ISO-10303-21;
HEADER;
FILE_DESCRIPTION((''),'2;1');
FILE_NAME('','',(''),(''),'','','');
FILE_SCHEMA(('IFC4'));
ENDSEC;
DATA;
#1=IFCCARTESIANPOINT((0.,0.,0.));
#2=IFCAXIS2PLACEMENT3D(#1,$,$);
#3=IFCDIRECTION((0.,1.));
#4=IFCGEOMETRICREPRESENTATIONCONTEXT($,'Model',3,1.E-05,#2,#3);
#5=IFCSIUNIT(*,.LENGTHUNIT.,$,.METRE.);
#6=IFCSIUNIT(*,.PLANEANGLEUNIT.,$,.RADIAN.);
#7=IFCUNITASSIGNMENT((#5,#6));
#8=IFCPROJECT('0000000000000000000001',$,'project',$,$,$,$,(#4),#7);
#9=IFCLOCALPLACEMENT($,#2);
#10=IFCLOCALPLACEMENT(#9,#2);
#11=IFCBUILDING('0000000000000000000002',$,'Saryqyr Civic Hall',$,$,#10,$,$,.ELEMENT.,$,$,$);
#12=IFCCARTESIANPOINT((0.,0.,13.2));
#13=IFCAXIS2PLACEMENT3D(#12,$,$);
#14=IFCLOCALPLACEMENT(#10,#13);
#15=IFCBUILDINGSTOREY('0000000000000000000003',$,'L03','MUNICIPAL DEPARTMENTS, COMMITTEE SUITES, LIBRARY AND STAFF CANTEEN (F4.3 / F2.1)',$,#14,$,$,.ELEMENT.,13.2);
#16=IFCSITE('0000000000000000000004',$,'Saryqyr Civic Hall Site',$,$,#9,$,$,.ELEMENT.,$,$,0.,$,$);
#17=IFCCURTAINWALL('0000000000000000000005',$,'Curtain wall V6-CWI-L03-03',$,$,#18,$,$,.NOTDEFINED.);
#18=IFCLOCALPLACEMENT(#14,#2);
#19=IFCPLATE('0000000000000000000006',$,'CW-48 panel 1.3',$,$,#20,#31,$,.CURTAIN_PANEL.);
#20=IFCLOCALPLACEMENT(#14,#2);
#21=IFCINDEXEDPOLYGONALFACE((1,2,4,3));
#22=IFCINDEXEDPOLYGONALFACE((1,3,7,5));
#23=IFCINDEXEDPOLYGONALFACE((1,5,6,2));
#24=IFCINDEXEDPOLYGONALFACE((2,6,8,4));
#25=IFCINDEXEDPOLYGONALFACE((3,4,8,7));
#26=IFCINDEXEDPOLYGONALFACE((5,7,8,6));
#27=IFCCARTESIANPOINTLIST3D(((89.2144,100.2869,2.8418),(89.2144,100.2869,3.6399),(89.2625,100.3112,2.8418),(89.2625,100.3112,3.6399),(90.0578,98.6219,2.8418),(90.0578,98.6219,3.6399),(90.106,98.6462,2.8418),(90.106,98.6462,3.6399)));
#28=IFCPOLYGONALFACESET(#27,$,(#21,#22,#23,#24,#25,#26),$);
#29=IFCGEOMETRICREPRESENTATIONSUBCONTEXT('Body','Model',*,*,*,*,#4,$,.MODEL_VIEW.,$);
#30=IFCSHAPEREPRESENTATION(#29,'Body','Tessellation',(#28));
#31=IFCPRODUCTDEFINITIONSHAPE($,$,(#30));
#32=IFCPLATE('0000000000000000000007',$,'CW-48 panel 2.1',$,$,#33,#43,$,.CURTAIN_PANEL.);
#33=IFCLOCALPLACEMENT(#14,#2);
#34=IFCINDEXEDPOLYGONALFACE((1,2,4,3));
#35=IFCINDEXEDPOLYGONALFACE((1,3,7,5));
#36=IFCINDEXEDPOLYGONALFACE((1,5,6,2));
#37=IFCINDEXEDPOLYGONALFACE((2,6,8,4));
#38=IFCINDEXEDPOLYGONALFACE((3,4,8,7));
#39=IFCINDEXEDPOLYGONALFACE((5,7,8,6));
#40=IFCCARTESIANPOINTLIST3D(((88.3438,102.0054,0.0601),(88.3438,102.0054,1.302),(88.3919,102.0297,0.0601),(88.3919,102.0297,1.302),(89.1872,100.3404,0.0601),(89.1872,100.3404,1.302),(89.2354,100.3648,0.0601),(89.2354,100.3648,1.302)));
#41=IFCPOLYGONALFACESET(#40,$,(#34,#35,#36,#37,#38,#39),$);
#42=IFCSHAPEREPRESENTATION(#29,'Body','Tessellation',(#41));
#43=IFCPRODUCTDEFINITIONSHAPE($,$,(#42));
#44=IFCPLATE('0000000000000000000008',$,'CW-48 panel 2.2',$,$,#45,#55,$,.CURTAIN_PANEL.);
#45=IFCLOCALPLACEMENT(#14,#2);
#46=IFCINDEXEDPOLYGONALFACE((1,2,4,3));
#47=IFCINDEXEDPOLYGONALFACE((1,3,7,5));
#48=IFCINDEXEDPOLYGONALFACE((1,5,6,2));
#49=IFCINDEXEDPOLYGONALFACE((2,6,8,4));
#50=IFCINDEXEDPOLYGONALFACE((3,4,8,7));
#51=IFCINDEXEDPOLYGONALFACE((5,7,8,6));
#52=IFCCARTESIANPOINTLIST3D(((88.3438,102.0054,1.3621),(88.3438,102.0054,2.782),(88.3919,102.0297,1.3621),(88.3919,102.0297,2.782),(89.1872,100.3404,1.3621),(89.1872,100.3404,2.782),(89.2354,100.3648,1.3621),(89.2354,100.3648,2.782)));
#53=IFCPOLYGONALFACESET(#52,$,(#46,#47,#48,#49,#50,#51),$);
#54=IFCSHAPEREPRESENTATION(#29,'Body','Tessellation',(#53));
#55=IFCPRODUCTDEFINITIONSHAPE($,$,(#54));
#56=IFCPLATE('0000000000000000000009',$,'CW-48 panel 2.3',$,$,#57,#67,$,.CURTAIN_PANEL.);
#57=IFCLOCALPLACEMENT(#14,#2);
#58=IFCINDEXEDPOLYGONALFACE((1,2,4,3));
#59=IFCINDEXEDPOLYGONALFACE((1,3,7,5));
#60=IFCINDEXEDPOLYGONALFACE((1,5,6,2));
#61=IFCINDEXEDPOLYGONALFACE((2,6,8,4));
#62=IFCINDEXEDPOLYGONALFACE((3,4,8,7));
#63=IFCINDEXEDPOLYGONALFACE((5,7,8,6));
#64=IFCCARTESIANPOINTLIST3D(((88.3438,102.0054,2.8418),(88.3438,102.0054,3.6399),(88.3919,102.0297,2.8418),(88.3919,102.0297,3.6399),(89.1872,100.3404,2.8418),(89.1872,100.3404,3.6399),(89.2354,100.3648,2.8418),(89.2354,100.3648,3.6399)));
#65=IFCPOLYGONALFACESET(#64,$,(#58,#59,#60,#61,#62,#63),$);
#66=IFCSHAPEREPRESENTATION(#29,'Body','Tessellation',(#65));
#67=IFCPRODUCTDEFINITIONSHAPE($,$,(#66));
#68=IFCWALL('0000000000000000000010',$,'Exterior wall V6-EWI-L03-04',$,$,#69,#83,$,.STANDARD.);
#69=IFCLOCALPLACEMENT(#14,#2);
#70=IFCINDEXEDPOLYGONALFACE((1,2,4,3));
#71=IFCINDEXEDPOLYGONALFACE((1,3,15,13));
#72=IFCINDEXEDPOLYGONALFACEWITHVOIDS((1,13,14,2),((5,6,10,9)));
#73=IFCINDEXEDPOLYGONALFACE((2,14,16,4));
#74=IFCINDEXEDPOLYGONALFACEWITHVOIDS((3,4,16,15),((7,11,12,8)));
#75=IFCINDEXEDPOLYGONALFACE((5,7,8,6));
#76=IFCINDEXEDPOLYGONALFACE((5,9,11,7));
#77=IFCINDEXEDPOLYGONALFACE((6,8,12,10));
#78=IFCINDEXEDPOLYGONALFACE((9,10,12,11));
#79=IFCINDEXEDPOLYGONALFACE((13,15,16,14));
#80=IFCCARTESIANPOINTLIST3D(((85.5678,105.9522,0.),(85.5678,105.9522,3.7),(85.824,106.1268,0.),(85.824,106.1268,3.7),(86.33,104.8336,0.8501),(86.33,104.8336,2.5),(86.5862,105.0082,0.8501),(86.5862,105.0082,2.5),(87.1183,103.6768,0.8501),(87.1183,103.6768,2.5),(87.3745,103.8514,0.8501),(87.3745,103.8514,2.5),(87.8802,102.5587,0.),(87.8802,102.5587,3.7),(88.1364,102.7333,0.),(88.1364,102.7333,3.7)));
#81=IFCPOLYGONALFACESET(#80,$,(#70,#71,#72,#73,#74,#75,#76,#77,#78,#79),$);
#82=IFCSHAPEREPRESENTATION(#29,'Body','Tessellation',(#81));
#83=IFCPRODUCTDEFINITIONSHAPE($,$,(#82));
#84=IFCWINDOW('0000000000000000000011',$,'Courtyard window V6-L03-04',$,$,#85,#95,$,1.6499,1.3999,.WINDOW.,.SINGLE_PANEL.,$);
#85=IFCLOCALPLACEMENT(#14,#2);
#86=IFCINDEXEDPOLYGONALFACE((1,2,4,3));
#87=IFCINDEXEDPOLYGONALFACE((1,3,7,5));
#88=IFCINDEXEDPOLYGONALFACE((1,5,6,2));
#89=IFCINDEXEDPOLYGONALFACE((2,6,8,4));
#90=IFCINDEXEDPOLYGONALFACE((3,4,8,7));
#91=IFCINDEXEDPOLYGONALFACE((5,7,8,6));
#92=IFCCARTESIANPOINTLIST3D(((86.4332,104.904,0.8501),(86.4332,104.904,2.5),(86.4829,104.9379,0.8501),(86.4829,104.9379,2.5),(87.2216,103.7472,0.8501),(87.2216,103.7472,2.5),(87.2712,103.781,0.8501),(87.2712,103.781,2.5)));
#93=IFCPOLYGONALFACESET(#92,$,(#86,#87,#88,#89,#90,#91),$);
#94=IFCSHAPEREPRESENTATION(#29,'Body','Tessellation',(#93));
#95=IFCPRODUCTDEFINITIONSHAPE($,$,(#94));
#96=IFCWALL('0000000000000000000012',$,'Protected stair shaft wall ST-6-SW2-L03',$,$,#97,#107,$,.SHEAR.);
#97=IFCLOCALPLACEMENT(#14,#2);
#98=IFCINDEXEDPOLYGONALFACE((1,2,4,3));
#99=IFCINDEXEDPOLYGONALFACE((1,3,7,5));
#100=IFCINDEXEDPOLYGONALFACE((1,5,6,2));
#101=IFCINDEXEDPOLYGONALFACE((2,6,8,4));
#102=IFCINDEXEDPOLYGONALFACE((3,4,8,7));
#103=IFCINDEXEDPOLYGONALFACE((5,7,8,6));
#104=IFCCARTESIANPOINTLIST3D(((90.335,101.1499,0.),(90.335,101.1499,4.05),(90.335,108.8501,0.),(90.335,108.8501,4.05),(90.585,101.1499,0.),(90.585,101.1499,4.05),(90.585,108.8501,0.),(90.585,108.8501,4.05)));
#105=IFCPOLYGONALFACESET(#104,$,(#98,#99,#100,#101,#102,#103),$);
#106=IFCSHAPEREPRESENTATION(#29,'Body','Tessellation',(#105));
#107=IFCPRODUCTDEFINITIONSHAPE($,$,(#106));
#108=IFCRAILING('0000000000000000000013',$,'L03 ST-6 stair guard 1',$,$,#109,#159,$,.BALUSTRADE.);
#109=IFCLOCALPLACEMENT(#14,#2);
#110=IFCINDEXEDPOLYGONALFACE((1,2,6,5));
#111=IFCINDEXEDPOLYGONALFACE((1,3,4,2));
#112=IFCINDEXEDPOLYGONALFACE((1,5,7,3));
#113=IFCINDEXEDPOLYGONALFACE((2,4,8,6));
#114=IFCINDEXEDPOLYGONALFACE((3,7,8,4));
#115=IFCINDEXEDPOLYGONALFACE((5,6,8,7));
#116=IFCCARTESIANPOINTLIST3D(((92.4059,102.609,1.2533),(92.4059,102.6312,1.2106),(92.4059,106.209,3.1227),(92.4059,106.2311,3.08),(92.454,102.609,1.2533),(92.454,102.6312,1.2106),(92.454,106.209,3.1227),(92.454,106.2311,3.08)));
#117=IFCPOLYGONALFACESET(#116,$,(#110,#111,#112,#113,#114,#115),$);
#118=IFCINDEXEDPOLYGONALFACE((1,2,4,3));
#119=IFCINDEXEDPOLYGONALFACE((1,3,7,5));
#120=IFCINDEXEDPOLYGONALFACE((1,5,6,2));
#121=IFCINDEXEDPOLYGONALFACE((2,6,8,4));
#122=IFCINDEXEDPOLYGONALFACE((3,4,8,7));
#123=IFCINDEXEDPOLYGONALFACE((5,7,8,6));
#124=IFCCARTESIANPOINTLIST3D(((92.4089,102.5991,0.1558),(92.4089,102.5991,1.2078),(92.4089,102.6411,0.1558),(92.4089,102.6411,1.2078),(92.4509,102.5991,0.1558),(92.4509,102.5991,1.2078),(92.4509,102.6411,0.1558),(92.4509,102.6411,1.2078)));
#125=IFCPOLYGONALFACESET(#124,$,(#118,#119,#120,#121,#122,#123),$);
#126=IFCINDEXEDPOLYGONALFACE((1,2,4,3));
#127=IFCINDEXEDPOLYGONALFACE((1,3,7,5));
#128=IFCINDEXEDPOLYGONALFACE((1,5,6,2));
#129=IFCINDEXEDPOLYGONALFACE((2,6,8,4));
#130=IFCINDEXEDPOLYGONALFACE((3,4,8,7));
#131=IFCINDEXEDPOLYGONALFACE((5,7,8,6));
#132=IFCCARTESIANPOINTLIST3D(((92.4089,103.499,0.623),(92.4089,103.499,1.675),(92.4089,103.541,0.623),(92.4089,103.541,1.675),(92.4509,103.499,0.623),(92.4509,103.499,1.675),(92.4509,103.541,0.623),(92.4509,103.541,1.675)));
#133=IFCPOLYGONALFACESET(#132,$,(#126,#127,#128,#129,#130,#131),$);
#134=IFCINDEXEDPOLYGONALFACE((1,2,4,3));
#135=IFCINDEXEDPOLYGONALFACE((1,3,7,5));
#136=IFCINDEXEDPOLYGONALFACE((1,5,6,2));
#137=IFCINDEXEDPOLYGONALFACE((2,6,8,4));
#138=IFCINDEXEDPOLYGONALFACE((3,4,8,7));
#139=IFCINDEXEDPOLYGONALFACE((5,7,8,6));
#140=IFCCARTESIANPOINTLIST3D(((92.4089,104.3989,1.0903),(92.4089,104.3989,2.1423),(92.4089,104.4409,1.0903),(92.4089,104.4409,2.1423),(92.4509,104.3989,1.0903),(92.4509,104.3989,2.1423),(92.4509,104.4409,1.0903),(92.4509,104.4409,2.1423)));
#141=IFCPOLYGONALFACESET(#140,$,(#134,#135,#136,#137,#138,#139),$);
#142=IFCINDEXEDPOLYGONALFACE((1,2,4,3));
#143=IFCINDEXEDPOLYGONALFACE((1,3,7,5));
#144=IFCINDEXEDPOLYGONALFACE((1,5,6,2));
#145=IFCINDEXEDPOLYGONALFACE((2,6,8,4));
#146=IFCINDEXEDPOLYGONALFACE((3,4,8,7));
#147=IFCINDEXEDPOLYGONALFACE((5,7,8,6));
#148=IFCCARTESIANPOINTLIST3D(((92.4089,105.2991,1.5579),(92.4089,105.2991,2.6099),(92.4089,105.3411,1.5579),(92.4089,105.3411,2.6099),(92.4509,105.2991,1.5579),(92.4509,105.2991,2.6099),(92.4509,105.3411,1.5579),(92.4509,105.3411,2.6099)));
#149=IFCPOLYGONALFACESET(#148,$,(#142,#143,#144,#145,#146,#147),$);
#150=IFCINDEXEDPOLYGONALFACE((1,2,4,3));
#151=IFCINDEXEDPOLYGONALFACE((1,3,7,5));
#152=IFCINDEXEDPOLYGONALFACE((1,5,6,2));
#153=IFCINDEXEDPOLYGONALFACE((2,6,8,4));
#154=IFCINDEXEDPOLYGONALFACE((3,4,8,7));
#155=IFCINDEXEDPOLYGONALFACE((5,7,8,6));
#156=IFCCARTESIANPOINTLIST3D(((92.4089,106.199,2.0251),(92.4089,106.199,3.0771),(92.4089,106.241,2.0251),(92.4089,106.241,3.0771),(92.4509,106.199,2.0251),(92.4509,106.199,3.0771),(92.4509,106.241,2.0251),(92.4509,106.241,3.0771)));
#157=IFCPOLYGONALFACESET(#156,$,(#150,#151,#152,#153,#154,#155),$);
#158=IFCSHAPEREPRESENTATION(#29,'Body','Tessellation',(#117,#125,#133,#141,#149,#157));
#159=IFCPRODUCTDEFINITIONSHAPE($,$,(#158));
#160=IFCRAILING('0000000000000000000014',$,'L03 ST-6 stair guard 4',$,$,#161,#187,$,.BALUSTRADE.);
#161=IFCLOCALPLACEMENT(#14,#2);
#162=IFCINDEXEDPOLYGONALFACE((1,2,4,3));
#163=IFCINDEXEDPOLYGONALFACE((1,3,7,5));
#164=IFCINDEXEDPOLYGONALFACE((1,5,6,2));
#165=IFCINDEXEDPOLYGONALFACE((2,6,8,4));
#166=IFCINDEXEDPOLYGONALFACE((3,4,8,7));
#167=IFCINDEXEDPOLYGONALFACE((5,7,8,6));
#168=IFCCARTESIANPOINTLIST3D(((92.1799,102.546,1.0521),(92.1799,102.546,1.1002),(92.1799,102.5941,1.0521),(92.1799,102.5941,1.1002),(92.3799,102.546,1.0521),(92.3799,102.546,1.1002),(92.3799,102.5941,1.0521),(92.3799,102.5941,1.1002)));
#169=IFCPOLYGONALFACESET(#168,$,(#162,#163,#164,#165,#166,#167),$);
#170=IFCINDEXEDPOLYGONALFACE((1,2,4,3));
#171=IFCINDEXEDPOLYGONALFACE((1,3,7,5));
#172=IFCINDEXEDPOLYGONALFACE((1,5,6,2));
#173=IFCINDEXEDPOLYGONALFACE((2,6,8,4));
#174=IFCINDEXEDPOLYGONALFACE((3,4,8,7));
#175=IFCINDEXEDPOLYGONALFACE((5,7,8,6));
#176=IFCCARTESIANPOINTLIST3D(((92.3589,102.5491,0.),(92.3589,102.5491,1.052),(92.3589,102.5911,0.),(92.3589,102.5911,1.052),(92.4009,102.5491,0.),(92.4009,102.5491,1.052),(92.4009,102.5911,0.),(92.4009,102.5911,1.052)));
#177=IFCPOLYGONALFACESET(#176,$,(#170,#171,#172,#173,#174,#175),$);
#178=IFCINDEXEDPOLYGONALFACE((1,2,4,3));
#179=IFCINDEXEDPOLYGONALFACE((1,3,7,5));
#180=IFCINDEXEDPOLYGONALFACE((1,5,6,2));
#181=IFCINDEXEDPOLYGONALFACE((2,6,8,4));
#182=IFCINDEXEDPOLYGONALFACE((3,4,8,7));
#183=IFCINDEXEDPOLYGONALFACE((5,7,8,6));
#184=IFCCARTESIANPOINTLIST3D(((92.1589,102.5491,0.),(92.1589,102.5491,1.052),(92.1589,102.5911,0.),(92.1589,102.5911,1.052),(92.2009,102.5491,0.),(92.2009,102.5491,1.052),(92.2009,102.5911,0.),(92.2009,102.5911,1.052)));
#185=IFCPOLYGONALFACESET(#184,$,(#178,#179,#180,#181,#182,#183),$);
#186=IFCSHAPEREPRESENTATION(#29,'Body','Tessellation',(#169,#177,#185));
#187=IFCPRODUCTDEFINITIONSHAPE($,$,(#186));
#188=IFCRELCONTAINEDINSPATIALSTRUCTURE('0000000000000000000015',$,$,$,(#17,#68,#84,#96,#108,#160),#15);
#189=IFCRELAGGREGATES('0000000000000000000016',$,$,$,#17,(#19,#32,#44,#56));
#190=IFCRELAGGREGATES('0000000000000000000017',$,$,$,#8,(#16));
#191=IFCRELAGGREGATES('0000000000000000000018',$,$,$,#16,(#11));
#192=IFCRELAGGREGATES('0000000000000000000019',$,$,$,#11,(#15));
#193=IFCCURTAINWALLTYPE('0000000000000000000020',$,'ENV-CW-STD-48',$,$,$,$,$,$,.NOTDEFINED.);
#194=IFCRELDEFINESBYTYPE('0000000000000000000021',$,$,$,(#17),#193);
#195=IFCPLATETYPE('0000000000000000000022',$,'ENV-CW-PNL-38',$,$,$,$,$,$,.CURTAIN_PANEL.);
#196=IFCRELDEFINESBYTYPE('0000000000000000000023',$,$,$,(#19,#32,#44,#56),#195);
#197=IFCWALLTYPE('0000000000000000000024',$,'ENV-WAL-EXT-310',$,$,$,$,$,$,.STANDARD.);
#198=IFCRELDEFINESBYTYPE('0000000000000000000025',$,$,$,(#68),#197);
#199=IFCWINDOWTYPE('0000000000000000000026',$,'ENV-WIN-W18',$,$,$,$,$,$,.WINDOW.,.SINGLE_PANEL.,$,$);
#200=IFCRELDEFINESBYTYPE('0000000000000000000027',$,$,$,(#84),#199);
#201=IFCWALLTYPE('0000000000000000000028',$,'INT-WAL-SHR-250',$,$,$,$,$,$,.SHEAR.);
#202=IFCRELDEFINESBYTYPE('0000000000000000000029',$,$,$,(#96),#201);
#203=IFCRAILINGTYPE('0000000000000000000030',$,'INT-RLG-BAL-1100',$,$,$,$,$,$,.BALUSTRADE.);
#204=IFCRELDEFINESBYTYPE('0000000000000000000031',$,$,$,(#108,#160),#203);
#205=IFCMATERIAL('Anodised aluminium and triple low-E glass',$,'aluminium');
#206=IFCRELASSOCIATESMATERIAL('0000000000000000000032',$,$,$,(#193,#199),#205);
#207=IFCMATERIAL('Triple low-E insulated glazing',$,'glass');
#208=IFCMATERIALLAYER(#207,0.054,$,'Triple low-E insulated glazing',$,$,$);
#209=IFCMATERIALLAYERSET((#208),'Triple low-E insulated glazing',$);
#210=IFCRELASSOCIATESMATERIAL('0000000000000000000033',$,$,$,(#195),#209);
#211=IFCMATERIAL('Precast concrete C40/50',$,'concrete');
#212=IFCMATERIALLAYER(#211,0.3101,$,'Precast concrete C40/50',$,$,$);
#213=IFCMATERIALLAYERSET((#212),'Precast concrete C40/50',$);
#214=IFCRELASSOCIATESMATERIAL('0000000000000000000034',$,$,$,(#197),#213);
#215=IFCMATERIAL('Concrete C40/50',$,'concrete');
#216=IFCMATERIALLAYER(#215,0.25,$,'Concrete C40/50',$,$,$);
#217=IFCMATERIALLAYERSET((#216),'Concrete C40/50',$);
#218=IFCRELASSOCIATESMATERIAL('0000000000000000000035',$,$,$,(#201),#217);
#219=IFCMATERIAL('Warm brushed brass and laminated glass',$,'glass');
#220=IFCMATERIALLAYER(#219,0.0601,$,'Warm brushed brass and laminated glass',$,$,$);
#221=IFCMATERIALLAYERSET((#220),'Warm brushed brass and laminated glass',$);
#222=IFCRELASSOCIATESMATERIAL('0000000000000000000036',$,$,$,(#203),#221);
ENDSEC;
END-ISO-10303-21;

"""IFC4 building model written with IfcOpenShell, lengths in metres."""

from ifc_helpers import new_model, si_unit, direction, frame, frame_2d, origin, origin_2d, place, context, subcontext, project, spatial, rectangle, extrude, material, layer, layer_set, type_object, element, fill, aggregate, save


model = new_model("IFC4")

# Units and contexts
model_context = context("Model", 3, precision=1e-05, world=origin(), true_north=direction((0.0, 1.0)))
body_context = subcontext(model_context, "Body", "Model", "MODEL_VIEW")
ifc_project = project(units=[si_unit("LENGTHUNIT", "METRE"), si_unit("PLANEANGLEUNIT", "RADIAN")], contexts=[model_context])

# Site, building, storey
site_placement = place(None, origin())
site = spatial("IfcSite", under=ifc_project, at=site_placement, Name="Saryqyr Civic Hall Site", CompositionType="ELEMENT", RefElevation=0.0)
building_placement = place(site_placement, origin())
building = spatial("IfcBuilding", under=site, at=building_placement, Name="Saryqyr Civic Hall", CompositionType="ELEMENT")
storey_placement = place(building_placement, frame((0.0, 0.0, 13.2)))
storey = spatial("IfcBuildingStorey", under=building, at=storey_placement, Name="L03", Description="MUNICIPAL DEPARTMENTS, COMMITTEE SUITES, LIBRARY AND STAFF CANTEEN (F4.3 / F2.1)", CompositionType="ELEMENT", Elevation=13.2)

# Shared definitions
ifc_material_1 = material(Name="Concrete C40/50", Category="concrete")

# Curtain wall, plates
ifc_material_2 = material(Name="Anodised aluminium and triple low-E glass", Category="aluminium")
curtain_wall_type = type_object("IfcCurtainWallType", Name="ENV-CW-STD-48", PredefinedType="NOTDEFINED", material=ifc_material_2)
curtain_wall_placement = place(storey_placement, origin())
curtain_wall = element("IfcCurtainWall", 1, at=curtain_wall_placement, inside=storey, type_object=curtain_wall_type, Name="Curtain wall V6-CWI-L03-03", PredefinedType="NOTDEFINED")
ifc_material_3 = material(Name="Triple low-E insulated glazing", Category="glass")
ifc_layer_1 = layer(ifc_material_3, 0.054, Name="Triple low-E insulated glazing")
ifc_layer_set_1 = layer_set([ifc_layer_1], Name="Triple low-E insulated glazing")
plate_type = type_object("IfcPlateType", Name="ENV-CW-PNL-38", PredefinedType="CURTAIN_PANEL", material=ifc_layer_set_1)
plate_1_placement = place(storey_placement, frame((89.6602, 99.4666, 2.8418), z_axis=(0.0, 0.0, 1.0), x_axis=(-0.45191, 0.892064, 0.0)))
plate_1 = element("IfcPlate", 2, at=plate_1_placement, type_object=plate_type, Name="CW-48 panel 1.3", PredefinedType="CURTAIN_PANEL", context=body_context, shape_type="SweptSolid", body=[
    extrude(rectangle(XDim=1.8665, YDim=0.054, at=origin_2d()), origin(), (0.0, 0.0, 1.0), 0.7981),
])
plate_2_placement = place(storey_placement, frame((88.7896, 101.1851, 0.0601), z_axis=(0.0, 0.0, 1.0), x_axis=(-0.45191, 0.892064, 0.0)))
plate_2 = element("IfcPlate", 3, at=plate_2_placement, type_object=plate_type, Name="CW-48 panel 2.1", PredefinedType="CURTAIN_PANEL", context=body_context, shape_type="SweptSolid", body=[
    extrude(rectangle(XDim=1.8665, YDim=0.054, at=origin_2d()), origin(), (0.0, 0.0, 1.0), 1.2419),
])
plate_3_placement = place(storey_placement, frame((88.7896, 101.1851, 1.3621), z_axis=(0.0, 0.0, 1.0), x_axis=(-0.45191, 0.892064, 0.0)))
plate_3 = element("IfcPlate", 4, at=plate_3_placement, type_object=plate_type, Name="CW-48 panel 2.2", PredefinedType="CURTAIN_PANEL", context=body_context, shape_type="SweptSolid", body=[
    extrude(rectangle(XDim=1.8665, YDim=0.054, at=origin_2d()), origin(), (0.0, 0.0, 1.0), 1.4199),
])
plate_4_placement = place(storey_placement, frame((88.7896, 101.1851, 2.8418), z_axis=(0.0, 0.0, 1.0), x_axis=(-0.45191, 0.892064, 0.0)))
plate_4 = element("IfcPlate", 5, at=plate_4_placement, type_object=plate_type, Name="CW-48 panel 2.3", PredefinedType="CURTAIN_PANEL", context=body_context, shape_type="SweptSolid", body=[
    extrude(rectangle(XDim=1.8665, YDim=0.054, at=origin_2d()), origin(), (0.0, 0.0, 1.0), 0.7981),
])
aggregate(curtain_wall, [plate_1, plate_2, plate_3, plate_4])

# Wall, opening, window
ifc_material_4 = material(Name="Precast concrete C40/50", Category="concrete")
ifc_layer_2 = layer(ifc_material_4, 0.3101, Name="Precast concrete C40/50")
ifc_layer_set_2 = layer_set([ifc_layer_2], Name="Precast concrete C40/50")
wall_type_1 = type_object("IfcWallType", Name="ENV-WAL-EXT-310", PredefinedType="STANDARD", material=ifc_layer_set_2)
wall_1_placement = place(storey_placement, frame((88.0083, 102.646, 0.0), z_axis=(0.0, 0.0, 1.0), x_axis=(-0.563123, 0.826373, 0.0)))
wall_1 = element("IfcWall", 6, at=wall_1_placement, inside=storey, type_object=wall_type_1, Name="Exterior wall V6-EWI-L03-04", PredefinedType="STANDARD", context=body_context, shape_type="SweptSolid", body=[
    extrude(rectangle(XDim=4.1064, YDim=0.3101, at=frame_2d((2.0532, 0.0))), origin(), (0.0, 0.0, 1.0), 3.7),
])
opening_placement = place(wall_1_placement, frame((1.353, 0.0, 0.8501)))
opening = element("IfcOpeningElement", 7, at=opening_placement, cuts=wall_1, PredefinedType="OPENING", context=body_context, shape_type="SweptSolid", body=[
    extrude(rectangle(XDim=1.3999, YDim=1.6499, at=frame_2d((0.7, 0.825))), frame((0.0, 0.165, 0.0), z_axis=(0.0, -1.0, 0.0), x_axis=(1.0, 0.0, 0.0)), (0.0, 0.0, 1.0), 0.3301),
])
window_type = type_object("IfcWindowType", Name="ENV-WIN-W18", PartitioningType="SINGLE_PANEL", PredefinedType="WINDOW", material=ifc_material_2)
window_placement = place(opening_placement, origin())
window = element("IfcWindow", 8, at=window_placement, inside=storey, type_object=window_type, Name="Courtyard window V6-L03-04", OverallHeight=1.6499, OverallWidth=1.3999, PartitioningType="SINGLE_PANEL", PredefinedType="WINDOW", context=body_context, shape_type="SweptSolid", body=[
    extrude(rectangle(XDim=1.3999, YDim=1.6499, at=frame_2d((0.7, 0.825))), frame((0.0, 0.03, 0.0), z_axis=(0.0, -1.0, 0.0), x_axis=(1.0, 0.0, 0.0)), (0.0, 0.0, 1.0), 0.0601),
])
fill(opening, window)

# Wall
ifc_layer_3 = layer(ifc_material_1, 0.25, Name="Concrete C40/50")
ifc_layer_set_3 = layer_set([ifc_layer_3], Name="Concrete C40/50")
wall_type_2 = type_object("IfcWallType", Name="INT-WAL-SHR-250", PredefinedType="SHEAR", material=ifc_layer_set_3)
wall_2_placement = place(storey_placement, frame((90.46, 101.1499, 0.0), z_axis=(0.0, 0.0, 1.0), x_axis=(0.0, 1.0, 0.0)))
element("IfcWall", 9, at=wall_2_placement, inside=storey, type_object=wall_type_2, Name="Protected stair shaft wall ST-6-SW2-L03", PredefinedType="SHEAR", context=body_context, shape_type="SweptSolid", body=[
    extrude(rectangle(XDim=7.7002, YDim=0.25, at=frame_2d((3.8501, 0.0))), origin(), (0.0, 0.0, 1.0), 4.05),
])

# Railings
ifc_material_5 = material(Name="Warm brushed brass and laminated glass", Category="glass")
ifc_layer_4 = layer(ifc_material_5, 0.0601, Name="Warm brushed brass and laminated glass")
ifc_layer_set_4 = layer_set([ifc_layer_4], Name="Warm brushed brass and laminated glass")
railing_type = type_object("IfcRailingType", Name="INT-RLG-BAL-1100", PredefinedType="BALUSTRADE", material=ifc_layer_set_4)
railing_1_placement = place(storey_placement, frame((92.4299, 102.6201, 0.1558)))
element("IfcRailing", 10, at=railing_1_placement, inside=storey, type_object=railing_type, Name="L03 ST-6 stair guard 1", PredefinedType="BALUSTRADE", context=body_context, shape_type="SweptSolid", body=[
    extrude(rectangle(XDim=0.0481, YDim=0.0481, at=origin_2d()), frame((0.0, 0.0, 1.0762), z_axis=(0.0, 0.887473, 0.46086), x_axis=(-1.0, 0.0, 0.0)), (0.0, 0.0, 1.0), 4.0564),
    extrude(rectangle(XDim=0.042, YDim=0.042, at=origin_2d()), origin(), (0.0, 0.0, 1.0), 1.052),
    extrude(rectangle(XDim=0.042, YDim=0.042, at=origin_2d()), frame((0.0, 0.8999, 0.4673)), (0.0, 0.0, 1.0), 1.052),
    extrude(rectangle(XDim=0.042, YDim=0.042, at=origin_2d()), frame((0.0, 1.7998, 0.9346)), (0.0, 0.0, 1.0), 1.052),
    extrude(rectangle(XDim=0.042, YDim=0.042, at=origin_2d()), frame((0.0, 2.7, 1.4021)), (0.0, 0.0, 1.0), 1.052),
    extrude(rectangle(XDim=0.042, YDim=0.042, at=origin_2d()), frame((0.0, 3.5999, 1.8694)), (0.0, 0.0, 1.0), 1.052),
])
railing_2_placement = place(storey_placement, frame((92.3799, 102.5701, 0.0)))
element("IfcRailing", 11, at=railing_2_placement, inside=storey, type_object=railing_type, Name="L03 ST-6 stair guard 4", PredefinedType="BALUSTRADE", context=body_context, shape_type="SweptSolid", body=[
    extrude(rectangle(XDim=0.0481, YDim=0.0481, at=origin_2d()), frame((0.0, 0.0, 1.0762), z_axis=(-1.0, 0.0, 0.0), x_axis=(0.0, -1.0, 0.0)), (0.0, 0.0, 1.0), 0.2),
    extrude(rectangle(XDim=0.042, YDim=0.042, at=origin_2d()), origin(), (0.0, 0.0, 1.0), 1.052),
    extrude(rectangle(XDim=0.042, YDim=0.042, at=origin_2d()), frame((-0.2, 0.0, 0.0)), (0.0, 0.0, 1.0), 1.052),
])

save(model, "model.ifc")
